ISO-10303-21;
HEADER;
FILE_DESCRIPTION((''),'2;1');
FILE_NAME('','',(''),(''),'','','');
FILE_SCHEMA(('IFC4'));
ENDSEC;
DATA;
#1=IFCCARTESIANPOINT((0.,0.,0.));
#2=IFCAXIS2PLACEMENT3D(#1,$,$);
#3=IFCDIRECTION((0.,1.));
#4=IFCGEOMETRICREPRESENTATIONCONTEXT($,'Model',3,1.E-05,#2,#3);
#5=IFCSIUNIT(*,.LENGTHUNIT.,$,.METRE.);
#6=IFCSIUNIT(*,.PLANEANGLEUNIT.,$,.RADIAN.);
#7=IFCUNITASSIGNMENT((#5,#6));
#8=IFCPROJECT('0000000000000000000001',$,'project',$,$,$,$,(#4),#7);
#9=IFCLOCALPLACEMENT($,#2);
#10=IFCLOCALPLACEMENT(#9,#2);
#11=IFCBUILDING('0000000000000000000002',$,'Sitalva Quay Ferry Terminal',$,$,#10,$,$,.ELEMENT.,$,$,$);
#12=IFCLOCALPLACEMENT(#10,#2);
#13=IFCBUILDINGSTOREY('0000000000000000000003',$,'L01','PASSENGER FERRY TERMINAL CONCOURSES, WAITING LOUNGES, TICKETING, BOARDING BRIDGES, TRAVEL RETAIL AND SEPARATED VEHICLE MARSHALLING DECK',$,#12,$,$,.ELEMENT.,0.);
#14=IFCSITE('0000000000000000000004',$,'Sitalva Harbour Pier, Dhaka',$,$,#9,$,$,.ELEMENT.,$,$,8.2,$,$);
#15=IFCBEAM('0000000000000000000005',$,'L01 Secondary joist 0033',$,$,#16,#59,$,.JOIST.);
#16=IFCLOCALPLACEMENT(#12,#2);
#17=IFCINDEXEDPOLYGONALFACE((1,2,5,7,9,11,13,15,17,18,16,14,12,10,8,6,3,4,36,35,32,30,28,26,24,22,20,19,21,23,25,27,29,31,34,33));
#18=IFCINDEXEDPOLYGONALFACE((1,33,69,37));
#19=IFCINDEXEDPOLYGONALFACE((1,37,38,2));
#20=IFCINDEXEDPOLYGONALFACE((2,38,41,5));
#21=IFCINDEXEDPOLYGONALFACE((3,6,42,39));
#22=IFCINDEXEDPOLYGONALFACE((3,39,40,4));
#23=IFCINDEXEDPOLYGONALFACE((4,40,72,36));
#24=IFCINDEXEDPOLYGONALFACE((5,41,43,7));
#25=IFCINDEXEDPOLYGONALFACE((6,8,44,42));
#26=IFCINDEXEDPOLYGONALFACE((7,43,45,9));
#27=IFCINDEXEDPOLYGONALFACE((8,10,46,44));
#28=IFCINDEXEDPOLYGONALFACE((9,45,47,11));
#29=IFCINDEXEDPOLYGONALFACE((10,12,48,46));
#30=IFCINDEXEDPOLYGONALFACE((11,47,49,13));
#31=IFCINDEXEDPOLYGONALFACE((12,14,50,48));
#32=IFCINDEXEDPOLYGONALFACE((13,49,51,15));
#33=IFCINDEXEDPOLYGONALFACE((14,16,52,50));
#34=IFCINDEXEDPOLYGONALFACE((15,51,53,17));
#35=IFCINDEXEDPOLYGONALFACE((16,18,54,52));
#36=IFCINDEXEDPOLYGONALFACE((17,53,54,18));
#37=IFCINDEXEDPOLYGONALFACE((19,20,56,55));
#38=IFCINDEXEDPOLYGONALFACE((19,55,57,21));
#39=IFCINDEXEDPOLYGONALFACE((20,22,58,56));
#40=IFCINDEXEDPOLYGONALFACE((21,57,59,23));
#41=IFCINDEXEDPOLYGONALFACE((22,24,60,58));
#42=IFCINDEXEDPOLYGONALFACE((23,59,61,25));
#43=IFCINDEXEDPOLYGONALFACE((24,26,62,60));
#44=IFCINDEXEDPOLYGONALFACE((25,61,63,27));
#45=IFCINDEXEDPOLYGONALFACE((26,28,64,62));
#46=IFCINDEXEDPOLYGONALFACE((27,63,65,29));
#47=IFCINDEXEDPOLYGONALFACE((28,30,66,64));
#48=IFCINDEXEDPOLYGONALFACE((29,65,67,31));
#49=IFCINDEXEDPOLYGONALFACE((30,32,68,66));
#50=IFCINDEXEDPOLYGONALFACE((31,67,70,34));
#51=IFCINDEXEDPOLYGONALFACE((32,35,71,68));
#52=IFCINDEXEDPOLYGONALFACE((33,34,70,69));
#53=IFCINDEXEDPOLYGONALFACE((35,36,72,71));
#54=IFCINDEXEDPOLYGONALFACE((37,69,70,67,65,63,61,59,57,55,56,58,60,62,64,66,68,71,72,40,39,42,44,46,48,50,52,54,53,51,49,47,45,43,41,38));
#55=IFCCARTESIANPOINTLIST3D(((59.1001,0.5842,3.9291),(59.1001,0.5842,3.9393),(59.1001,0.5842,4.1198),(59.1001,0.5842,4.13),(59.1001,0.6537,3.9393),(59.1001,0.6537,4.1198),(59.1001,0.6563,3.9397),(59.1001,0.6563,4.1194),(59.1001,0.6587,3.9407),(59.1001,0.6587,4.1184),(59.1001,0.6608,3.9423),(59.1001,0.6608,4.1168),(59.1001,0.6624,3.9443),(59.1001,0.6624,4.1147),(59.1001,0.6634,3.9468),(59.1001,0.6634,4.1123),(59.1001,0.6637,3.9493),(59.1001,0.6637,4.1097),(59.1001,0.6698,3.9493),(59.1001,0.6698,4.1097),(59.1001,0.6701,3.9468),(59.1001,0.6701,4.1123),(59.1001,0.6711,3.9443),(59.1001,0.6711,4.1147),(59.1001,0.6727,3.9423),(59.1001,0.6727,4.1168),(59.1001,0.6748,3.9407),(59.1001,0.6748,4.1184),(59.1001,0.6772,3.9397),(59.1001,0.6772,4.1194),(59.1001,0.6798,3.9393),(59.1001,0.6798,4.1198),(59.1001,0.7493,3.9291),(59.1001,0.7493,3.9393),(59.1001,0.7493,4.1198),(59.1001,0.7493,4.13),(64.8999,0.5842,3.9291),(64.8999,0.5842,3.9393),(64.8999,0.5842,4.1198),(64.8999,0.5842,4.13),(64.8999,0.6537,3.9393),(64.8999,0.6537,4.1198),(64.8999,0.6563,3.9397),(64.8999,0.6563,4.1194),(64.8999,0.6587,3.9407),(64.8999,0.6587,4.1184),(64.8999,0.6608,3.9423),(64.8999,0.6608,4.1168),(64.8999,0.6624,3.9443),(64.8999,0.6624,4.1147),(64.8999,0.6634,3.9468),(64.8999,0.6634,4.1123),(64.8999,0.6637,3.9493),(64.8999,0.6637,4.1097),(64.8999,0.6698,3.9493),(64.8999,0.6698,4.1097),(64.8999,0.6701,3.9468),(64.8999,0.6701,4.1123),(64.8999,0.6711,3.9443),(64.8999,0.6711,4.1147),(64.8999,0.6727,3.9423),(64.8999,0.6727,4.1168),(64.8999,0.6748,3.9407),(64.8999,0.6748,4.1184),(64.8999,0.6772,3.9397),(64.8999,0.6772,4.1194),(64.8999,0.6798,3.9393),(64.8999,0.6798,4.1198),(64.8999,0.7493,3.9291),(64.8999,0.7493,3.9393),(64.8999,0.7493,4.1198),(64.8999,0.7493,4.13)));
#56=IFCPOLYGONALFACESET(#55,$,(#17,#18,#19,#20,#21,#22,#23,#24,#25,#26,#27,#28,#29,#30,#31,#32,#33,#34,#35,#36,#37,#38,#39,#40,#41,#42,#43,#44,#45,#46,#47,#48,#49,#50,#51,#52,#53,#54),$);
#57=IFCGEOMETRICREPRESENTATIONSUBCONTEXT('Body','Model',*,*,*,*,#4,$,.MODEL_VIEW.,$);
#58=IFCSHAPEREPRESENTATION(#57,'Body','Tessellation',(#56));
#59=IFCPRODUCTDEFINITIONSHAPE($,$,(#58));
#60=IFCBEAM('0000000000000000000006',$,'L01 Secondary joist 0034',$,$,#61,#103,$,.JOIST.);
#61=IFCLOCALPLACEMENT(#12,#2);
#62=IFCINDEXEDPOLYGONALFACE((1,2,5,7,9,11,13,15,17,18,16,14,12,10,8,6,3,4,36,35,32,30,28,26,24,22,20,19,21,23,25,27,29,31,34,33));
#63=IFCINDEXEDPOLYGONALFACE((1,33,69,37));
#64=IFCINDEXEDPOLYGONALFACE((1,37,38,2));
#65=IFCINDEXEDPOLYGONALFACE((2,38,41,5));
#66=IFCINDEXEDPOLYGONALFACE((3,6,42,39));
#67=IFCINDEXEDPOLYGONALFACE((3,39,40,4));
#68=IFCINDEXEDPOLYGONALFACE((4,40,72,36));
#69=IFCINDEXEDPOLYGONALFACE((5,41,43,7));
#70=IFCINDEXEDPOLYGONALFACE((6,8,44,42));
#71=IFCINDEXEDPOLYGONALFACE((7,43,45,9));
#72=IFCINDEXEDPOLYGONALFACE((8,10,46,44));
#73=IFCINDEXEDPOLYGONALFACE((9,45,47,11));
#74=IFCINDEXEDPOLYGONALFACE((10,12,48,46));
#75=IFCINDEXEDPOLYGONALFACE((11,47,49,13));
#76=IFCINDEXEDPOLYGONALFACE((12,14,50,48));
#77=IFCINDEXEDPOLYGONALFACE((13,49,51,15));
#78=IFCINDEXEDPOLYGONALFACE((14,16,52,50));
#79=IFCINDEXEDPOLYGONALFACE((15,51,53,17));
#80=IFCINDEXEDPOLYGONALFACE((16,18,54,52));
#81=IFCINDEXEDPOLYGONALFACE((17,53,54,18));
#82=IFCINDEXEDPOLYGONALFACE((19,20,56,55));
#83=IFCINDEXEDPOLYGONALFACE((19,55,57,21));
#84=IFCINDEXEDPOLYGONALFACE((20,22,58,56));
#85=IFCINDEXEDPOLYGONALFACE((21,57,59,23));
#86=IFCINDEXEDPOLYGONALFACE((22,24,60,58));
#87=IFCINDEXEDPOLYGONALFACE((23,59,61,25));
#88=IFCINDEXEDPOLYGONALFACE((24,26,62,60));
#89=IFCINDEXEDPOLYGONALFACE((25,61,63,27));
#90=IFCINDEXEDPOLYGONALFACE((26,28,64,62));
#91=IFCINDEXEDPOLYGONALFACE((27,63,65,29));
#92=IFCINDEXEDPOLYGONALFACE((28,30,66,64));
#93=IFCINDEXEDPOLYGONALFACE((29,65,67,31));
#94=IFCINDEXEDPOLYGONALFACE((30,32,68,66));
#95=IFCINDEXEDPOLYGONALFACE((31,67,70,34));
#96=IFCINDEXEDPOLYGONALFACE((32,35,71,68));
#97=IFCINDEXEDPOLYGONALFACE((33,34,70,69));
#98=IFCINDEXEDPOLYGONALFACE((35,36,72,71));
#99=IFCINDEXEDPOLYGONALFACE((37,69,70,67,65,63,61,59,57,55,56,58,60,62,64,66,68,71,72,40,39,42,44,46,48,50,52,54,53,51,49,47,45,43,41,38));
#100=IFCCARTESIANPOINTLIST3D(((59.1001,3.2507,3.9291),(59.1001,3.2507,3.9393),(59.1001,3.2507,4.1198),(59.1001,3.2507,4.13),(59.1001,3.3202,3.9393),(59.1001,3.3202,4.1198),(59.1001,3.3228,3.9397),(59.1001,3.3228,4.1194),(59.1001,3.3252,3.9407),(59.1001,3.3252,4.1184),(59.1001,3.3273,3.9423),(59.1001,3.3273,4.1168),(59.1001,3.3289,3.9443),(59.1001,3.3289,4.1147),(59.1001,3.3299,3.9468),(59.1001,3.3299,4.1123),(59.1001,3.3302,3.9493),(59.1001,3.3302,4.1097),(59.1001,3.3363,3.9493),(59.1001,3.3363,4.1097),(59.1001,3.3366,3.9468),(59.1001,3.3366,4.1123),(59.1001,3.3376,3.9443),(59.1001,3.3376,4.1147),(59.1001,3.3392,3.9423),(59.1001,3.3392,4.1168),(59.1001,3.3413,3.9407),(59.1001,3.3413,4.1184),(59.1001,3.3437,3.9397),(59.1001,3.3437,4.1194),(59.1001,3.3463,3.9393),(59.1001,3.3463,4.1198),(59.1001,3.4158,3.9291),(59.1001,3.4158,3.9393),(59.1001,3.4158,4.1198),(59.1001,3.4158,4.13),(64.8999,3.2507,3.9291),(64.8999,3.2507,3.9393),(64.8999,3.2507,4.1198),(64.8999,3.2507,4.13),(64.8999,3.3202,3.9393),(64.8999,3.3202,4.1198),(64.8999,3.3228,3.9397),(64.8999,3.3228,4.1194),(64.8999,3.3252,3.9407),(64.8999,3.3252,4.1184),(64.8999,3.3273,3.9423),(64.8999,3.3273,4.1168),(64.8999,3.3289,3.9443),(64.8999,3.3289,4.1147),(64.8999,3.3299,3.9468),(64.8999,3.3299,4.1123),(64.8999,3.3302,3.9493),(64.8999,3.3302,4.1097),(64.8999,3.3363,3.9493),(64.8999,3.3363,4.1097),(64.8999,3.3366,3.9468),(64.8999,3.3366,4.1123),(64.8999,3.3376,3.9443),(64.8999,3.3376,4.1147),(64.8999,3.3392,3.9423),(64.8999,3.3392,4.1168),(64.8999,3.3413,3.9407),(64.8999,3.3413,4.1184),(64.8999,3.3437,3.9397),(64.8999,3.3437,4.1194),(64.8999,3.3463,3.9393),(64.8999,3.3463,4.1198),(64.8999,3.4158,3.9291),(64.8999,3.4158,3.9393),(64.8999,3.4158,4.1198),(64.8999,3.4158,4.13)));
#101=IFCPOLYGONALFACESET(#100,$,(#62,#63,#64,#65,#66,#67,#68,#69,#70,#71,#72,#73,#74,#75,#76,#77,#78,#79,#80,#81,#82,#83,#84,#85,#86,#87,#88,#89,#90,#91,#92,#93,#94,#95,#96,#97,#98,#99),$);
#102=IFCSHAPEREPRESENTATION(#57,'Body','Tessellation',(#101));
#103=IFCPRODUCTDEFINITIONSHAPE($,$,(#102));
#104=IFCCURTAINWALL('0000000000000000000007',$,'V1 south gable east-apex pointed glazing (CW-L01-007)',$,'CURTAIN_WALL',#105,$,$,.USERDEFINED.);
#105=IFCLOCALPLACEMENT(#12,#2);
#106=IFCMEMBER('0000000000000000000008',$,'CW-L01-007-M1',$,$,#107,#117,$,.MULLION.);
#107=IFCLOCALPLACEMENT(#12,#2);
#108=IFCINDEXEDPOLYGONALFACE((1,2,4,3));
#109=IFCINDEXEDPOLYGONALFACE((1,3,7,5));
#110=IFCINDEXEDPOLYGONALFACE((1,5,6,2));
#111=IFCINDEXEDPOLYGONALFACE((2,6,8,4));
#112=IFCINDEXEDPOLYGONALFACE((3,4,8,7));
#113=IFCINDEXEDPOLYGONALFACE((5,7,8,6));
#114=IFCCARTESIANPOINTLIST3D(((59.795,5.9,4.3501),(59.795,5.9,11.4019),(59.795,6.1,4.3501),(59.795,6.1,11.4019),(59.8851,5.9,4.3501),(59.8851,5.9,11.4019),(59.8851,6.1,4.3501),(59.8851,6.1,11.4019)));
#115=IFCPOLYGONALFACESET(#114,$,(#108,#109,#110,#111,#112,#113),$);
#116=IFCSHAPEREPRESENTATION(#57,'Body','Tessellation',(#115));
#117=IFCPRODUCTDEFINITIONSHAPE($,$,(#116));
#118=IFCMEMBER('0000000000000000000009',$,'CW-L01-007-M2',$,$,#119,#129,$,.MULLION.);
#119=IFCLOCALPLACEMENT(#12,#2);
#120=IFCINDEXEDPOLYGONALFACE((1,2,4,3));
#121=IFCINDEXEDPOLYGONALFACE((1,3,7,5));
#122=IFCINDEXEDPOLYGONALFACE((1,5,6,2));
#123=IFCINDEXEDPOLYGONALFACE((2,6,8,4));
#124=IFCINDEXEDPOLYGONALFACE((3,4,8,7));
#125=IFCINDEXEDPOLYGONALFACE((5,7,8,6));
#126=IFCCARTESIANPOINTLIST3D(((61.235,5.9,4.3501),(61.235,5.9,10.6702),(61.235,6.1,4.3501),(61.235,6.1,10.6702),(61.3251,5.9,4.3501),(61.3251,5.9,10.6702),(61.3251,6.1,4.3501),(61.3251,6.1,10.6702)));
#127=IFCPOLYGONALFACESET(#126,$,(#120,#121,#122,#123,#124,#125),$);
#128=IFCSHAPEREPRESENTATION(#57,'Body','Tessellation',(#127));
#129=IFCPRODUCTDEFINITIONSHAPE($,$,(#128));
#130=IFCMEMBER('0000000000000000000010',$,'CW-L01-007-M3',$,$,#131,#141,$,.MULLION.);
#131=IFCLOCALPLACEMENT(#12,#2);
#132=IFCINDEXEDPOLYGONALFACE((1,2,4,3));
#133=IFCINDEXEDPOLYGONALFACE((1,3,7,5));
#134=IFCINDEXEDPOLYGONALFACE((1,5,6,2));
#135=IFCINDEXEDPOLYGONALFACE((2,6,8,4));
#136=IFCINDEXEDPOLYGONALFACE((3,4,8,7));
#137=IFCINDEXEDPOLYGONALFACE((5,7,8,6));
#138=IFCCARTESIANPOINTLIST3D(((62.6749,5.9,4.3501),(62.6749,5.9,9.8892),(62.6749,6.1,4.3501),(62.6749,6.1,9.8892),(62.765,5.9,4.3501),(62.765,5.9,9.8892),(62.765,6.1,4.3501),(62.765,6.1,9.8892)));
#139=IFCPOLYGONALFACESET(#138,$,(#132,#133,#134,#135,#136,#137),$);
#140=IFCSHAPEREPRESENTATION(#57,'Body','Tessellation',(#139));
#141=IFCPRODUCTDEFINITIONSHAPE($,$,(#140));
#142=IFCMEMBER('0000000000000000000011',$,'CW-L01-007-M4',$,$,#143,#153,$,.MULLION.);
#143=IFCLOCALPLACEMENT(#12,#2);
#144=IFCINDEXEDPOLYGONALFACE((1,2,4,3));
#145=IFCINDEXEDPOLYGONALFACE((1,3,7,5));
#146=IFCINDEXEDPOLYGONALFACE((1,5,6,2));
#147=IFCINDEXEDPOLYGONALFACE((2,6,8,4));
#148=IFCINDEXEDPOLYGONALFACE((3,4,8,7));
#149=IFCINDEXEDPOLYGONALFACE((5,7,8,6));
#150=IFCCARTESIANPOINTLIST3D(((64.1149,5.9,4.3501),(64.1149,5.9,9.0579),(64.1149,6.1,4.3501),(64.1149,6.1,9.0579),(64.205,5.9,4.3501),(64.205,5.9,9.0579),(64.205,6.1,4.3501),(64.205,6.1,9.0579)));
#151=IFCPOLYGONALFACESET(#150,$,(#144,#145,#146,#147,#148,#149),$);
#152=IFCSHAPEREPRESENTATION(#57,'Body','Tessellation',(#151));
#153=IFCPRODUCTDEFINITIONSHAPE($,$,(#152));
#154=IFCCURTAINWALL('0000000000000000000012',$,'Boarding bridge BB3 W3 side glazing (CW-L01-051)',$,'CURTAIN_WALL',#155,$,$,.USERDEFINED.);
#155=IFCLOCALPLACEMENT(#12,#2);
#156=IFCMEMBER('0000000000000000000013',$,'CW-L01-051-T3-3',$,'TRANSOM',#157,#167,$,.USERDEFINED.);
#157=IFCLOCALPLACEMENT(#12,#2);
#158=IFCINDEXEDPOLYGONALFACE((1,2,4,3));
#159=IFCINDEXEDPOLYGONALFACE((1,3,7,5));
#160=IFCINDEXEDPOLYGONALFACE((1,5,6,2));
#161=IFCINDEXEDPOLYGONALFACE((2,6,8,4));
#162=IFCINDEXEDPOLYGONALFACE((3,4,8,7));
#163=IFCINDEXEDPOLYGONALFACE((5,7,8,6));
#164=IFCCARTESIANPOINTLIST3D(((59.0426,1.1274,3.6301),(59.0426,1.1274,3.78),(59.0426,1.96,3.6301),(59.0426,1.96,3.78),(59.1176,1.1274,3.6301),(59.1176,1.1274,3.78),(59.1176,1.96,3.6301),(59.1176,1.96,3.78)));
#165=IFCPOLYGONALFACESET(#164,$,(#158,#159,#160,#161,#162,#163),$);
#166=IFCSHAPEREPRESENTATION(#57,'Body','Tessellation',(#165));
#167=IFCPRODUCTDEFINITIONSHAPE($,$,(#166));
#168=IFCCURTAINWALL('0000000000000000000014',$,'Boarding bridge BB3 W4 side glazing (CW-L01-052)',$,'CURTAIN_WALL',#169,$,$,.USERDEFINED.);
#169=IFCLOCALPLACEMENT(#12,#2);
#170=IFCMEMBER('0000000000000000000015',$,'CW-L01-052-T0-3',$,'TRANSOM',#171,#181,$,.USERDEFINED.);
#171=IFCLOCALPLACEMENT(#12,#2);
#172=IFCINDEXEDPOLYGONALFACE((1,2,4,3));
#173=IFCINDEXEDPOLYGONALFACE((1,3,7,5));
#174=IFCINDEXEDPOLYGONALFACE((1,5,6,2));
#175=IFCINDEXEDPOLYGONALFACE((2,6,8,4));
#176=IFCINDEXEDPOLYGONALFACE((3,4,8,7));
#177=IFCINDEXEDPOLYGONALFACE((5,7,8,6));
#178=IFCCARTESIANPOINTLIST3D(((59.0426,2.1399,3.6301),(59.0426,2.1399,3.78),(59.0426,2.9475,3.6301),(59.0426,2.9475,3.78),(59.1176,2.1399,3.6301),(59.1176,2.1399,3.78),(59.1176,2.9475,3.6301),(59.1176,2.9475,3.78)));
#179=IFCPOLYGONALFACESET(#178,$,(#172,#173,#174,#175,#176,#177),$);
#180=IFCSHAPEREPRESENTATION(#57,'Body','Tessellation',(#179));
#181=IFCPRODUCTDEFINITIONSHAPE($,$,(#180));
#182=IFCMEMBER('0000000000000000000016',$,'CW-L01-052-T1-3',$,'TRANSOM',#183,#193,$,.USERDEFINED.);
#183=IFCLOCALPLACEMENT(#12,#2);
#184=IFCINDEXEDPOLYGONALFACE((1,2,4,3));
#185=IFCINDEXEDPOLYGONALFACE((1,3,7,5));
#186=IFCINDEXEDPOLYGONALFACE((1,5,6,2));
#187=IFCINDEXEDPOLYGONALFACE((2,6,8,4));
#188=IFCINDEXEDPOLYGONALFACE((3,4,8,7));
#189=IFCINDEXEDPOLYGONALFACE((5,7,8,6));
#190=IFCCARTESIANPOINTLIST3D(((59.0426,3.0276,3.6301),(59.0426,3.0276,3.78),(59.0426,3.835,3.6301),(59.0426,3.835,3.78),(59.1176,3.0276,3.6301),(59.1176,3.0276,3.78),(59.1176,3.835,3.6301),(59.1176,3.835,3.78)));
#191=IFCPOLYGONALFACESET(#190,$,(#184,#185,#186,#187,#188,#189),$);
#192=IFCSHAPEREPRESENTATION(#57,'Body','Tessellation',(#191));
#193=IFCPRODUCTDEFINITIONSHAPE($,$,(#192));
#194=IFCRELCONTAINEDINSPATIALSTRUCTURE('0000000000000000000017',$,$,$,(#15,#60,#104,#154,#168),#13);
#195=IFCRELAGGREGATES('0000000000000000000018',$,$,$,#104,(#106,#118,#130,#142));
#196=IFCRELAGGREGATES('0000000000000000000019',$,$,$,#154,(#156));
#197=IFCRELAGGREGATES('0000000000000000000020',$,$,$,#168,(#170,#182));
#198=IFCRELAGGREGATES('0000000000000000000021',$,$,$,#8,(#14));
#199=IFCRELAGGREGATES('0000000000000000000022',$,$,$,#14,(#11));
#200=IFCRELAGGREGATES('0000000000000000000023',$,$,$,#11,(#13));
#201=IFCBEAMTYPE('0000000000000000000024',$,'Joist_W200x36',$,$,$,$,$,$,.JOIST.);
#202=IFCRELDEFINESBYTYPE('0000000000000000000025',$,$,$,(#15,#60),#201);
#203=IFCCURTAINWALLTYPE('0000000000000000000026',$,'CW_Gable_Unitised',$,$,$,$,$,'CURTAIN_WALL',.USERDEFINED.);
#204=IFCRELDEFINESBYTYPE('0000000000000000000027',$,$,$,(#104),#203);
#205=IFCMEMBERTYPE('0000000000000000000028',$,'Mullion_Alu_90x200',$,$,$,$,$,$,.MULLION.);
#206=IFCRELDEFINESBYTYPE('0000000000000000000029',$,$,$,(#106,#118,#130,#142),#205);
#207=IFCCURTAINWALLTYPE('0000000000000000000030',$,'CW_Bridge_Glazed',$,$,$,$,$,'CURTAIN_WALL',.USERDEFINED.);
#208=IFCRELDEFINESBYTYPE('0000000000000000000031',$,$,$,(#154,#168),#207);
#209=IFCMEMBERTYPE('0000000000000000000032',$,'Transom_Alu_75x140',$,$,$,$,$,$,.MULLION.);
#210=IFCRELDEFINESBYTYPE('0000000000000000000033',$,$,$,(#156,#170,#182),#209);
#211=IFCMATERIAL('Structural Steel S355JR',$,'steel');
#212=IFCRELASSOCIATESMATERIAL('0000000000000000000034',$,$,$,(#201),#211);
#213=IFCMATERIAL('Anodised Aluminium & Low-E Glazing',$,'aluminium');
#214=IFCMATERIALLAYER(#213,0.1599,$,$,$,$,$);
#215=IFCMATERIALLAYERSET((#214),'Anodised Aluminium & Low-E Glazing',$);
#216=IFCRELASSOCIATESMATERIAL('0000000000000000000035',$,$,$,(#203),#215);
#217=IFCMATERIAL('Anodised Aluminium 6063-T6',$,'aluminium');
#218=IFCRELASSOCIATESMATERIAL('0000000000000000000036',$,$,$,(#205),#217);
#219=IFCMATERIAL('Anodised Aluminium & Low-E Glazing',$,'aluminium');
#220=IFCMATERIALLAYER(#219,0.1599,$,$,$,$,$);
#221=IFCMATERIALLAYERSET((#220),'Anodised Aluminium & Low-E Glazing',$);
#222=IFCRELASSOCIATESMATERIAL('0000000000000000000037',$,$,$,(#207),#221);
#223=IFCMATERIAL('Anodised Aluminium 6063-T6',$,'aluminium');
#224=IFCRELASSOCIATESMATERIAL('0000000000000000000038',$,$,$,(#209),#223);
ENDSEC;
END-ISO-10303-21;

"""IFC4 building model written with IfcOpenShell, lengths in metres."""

from ifc_helpers import new_model, si_unit, direction, frame, origin, origin_2d, place, context, subcontext, project, spatial, rectangle, i_section, extrude, material, layer, layer_set, material_profile, profile_set, type_object, element, aggregate, save


model = new_model("IFC4")

# Units and contexts
model_context = context("Model", 3, precision=1e-05, world=origin(), true_north=direction((0.0, 1.0)))
body_context = subcontext(model_context, "Body", "Model", "MODEL_VIEW")
ifc_project = project(units=[si_unit("LENGTHUNIT", "METRE"), si_unit("PLANEANGLEUNIT", "RADIAN")], contexts=[model_context])

# Site, building, storey
site_placement = place(None, origin())
site = spatial("IfcSite", under=ifc_project, at=site_placement, Name="Sitalva Harbour Pier, Dhaka", CompositionType="ELEMENT", RefElevation=8.2)
building_placement = place(site_placement, origin())
building = spatial("IfcBuilding", under=site, at=building_placement, Name="Sitalva Quay Ferry Terminal", CompositionType="ELEMENT")
storey_placement = place(building_placement, origin())
storey = spatial("IfcBuildingStorey", under=building, at=storey_placement, Name="L01", Description="PASSENGER FERRY TERMINAL CONCOURSES, WAITING LOUNGES, TICKETING, BOARDING BRIDGES, TRAVEL RETAIL AND SEPARATED VEHICLE MARSHALLING DECK", CompositionType="ELEMENT", Elevation=0.0)

# Beams
ifc_material_1 = material(Name="Structural Steel S355JR", Category="steel")
ifc_material_profile_1 = material_profile(ifc_material_1, i_section(OverallWidth=0.165, OverallDepth=0.2009, WebThickness=0.0061, FlangeThickness=0.0103, FilletRadius=0.01, at=origin_2d()), Name="W200x36")
ifc_profile_set_1 = profile_set([ifc_material_profile_1], Name="Structural Steel S355JR")
beam_type = type_object("IfcBeamType", Name="Joist_W200x36", PredefinedType="JOIST", material=ifc_profile_set_1)
for number, where, z_axis, x_axis, name in (
    (1, (59.1001, 0.6667, 4.0295), (1.0, 0.0, 0.0), (0.0, 1.0, 0.0), "L01 Secondary joist 0033"),
    (2, (59.1001, 3.3333, 4.0295), (1.0, 0.0, 0.0), (0.0, 1.0, 0.0), "L01 Secondary joist 0034"),
):
    element("IfcBeam", number, at=place(storey_placement, frame(where, z_axis=z_axis, x_axis=x_axis)), inside=storey, type_object=beam_type, Name=name, PredefinedType="JOIST", context=body_context, shape_type="SweptSolid", body=[
        extrude(i_section(OverallWidth=0.165, OverallDepth=0.2009, WebThickness=0.0061, FlangeThickness=0.0103, FilletRadius=0.01, at=origin_2d()), origin(), (0.0, 0.0, 1.0), 5.7998),
    ])

# Curtain wall, members
ifc_material_2 = material(Name="Anodised Aluminium & Low-E Glazing", Category="aluminium")
ifc_layer_1 = layer(ifc_material_2, 0.1599)
ifc_layer_set_1 = layer_set([ifc_layer_1], Name="Anodised Aluminium & Low-E Glazing")
curtain_wall_type_1 = type_object("IfcCurtainWallType", Name="CW_Gable_Unitised", ElementType="CURTAIN_WALL", PredefinedType="USERDEFINED", material=ifc_layer_set_1)
curtain_wall_1_placement = place(storey_placement, origin())
curtain_wall_1 = element("IfcCurtainWall", 3, at=curtain_wall_1_placement, inside=storey, type_object=curtain_wall_type_1, Name="V1 south gable east-apex pointed glazing (CW-L01-007)", ObjectType="CURTAIN_WALL", PredefinedType="USERDEFINED")
ifc_material_3 = material(Name="Anodised Aluminium 6063-T6", Category="aluminium")
ifc_material_profile_2 = material_profile(ifc_material_3, rectangle(XDim=0.0901, YDim=0.2, at=origin_2d()), Name="ALU90x200")
ifc_profile_set_2 = profile_set([ifc_material_profile_2], Name="Anodised Aluminium 6063-T6")
member_type_1 = type_object("IfcMemberType", Name="Mullion_Alu_90x200", PredefinedType="MULLION", material=ifc_profile_set_2)
member_1_placement = place(storey_placement, frame((59.8401, 6.0, 4.3501), z_axis=(0.0, 0.0, 1.0), x_axis=(1.0, 0.0, 0.0)))
member_1 = element("IfcMember", 4, at=member_1_placement, type_object=member_type_1, Name="CW-L01-007-M1", PredefinedType="MULLION", context=body_context, shape_type="SweptSolid", body=[
    extrude(rectangle(XDim=0.0901, YDim=0.2, at=origin_2d()), origin(), (0.0, 0.0, 1.0), 7.0518),
])
member_2_placement = place(storey_placement, frame((61.28, 6.0, 4.3501), z_axis=(0.0, 0.0, 1.0), x_axis=(1.0, 0.0, 0.0)))
member_2 = element("IfcMember", 5, at=member_2_placement, type_object=member_type_1, Name="CW-L01-007-M2", PredefinedType="MULLION", context=body_context, shape_type="SweptSolid", body=[
    extrude(rectangle(XDim=0.0901, YDim=0.2, at=origin_2d()), origin(), (0.0, 0.0, 1.0), 6.3201),
])
member_3_placement = place(storey_placement, frame((62.72, 6.0, 4.3501), z_axis=(0.0, 0.0, 1.0), x_axis=(1.0, 0.0, 0.0)))
member_3 = element("IfcMember", 6, at=member_3_placement, type_object=member_type_1, Name="CW-L01-007-M3", PredefinedType="MULLION", context=body_context, shape_type="SweptSolid", body=[
    extrude(rectangle(XDim=0.0901, YDim=0.2, at=origin_2d()), origin(), (0.0, 0.0, 1.0), 5.5391),
])
member_4_placement = place(storey_placement, frame((64.1599, 6.0, 4.3501), z_axis=(0.0, 0.0, 1.0), x_axis=(1.0, 0.0, 0.0)))
member_4 = element("IfcMember", 7, at=member_4_placement, type_object=member_type_1, Name="CW-L01-007-M4", PredefinedType="MULLION", context=body_context, shape_type="SweptSolid", body=[
    extrude(rectangle(XDim=0.0901, YDim=0.2, at=origin_2d()), origin(), (0.0, 0.0, 1.0), 4.7078),
])

# Curtain wall, member
ifc_material_4 = material(Name="Anodised Aluminium & Low-E Glazing", Category="aluminium")
ifc_layer_2 = layer(ifc_material_4, 0.1599)
ifc_layer_set_2 = layer_set([ifc_layer_2], Name="Anodised Aluminium & Low-E Glazing")
curtain_wall_type_2 = type_object("IfcCurtainWallType", Name="CW_Bridge_Glazed", ElementType="CURTAIN_WALL", PredefinedType="USERDEFINED", material=ifc_layer_set_2)
curtain_wall_2_placement = place(storey_placement, origin())
curtain_wall_2 = element("IfcCurtainWall", 8, at=curtain_wall_2_placement, inside=storey, type_object=curtain_wall_type_2, Name="Boarding bridge BB3 W3 side glazing (CW-L01-051)", ObjectType="CURTAIN_WALL", PredefinedType="USERDEFINED")
ifc_material_5 = material(Name="Anodised Aluminium 6063-T6", Category="aluminium")
ifc_material_profile_3 = material_profile(ifc_material_5, rectangle(XDim=0.075, YDim=0.1499, at=origin_2d()), Name="ALU75x150")
ifc_profile_set_3 = profile_set([ifc_material_profile_3], Name="Anodised Aluminium 6063-T6")
member_type_2 = type_object("IfcMemberType", Name="Transom_Alu_75x140", PredefinedType="MULLION", material=ifc_profile_set_3)
member_5_placement = place(storey_placement, frame((59.0801, 1.1274, 3.7051), z_axis=(0.0, 1.0, 0.0), x_axis=(-1.0, 0.0, 0.0)))
member_5 = element("IfcMember", 9, at=member_5_placement, type_object=member_type_2, Name="CW-L01-051-T3-3", ObjectType="TRANSOM", PredefinedType="USERDEFINED", context=body_context, shape_type="SweptSolid", body=[
    extrude(rectangle(XDim=0.075, YDim=0.1499, at=origin_2d()), origin(), (0.0, 0.0, 1.0), 0.8325),
])

# Curtain wall, members
curtain_wall_3_placement = place(storey_placement, origin())
curtain_wall_3 = element("IfcCurtainWall", 10, at=curtain_wall_3_placement, inside=storey, type_object=curtain_wall_type_2, Name="Boarding bridge BB3 W4 side glazing (CW-L01-052)", ObjectType="CURTAIN_WALL", PredefinedType="USERDEFINED")
member_6_placement = place(storey_placement, frame((59.0801, 2.1399, 3.7051), z_axis=(0.0, 1.0, 0.0), x_axis=(-1.0, 0.0, 0.0)))
member_6 = element("IfcMember", 11, at=member_6_placement, type_object=member_type_2, Name="CW-L01-052-T0-3", ObjectType="TRANSOM", PredefinedType="USERDEFINED", context=body_context, shape_type="SweptSolid", body=[
    extrude(rectangle(XDim=0.075, YDim=0.1499, at=origin_2d()), origin(), (0.0, 0.0, 1.0), 0.8076),
])
member_7_placement = place(storey_placement, frame((59.0801, 3.0276, 3.7051), z_axis=(0.0, 1.0, 0.0), x_axis=(-1.0, 0.0, 0.0)))
member_7 = element("IfcMember", 12, at=member_7_placement, type_object=member_type_2, Name="CW-L01-052-T1-3", ObjectType="TRANSOM", PredefinedType="USERDEFINED", context=body_context, shape_type="SweptSolid", body=[
    extrude(rectangle(XDim=0.075, YDim=0.1499, at=origin_2d()), origin(), (0.0, 0.0, 1.0), 0.8074),
])

aggregate(curtain_wall_1, [member_1, member_2, member_3, member_4])
aggregate(curtain_wall_2, [member_5])
aggregate(curtain_wall_3, [member_6, member_7])

save(model, "model.ifc")
